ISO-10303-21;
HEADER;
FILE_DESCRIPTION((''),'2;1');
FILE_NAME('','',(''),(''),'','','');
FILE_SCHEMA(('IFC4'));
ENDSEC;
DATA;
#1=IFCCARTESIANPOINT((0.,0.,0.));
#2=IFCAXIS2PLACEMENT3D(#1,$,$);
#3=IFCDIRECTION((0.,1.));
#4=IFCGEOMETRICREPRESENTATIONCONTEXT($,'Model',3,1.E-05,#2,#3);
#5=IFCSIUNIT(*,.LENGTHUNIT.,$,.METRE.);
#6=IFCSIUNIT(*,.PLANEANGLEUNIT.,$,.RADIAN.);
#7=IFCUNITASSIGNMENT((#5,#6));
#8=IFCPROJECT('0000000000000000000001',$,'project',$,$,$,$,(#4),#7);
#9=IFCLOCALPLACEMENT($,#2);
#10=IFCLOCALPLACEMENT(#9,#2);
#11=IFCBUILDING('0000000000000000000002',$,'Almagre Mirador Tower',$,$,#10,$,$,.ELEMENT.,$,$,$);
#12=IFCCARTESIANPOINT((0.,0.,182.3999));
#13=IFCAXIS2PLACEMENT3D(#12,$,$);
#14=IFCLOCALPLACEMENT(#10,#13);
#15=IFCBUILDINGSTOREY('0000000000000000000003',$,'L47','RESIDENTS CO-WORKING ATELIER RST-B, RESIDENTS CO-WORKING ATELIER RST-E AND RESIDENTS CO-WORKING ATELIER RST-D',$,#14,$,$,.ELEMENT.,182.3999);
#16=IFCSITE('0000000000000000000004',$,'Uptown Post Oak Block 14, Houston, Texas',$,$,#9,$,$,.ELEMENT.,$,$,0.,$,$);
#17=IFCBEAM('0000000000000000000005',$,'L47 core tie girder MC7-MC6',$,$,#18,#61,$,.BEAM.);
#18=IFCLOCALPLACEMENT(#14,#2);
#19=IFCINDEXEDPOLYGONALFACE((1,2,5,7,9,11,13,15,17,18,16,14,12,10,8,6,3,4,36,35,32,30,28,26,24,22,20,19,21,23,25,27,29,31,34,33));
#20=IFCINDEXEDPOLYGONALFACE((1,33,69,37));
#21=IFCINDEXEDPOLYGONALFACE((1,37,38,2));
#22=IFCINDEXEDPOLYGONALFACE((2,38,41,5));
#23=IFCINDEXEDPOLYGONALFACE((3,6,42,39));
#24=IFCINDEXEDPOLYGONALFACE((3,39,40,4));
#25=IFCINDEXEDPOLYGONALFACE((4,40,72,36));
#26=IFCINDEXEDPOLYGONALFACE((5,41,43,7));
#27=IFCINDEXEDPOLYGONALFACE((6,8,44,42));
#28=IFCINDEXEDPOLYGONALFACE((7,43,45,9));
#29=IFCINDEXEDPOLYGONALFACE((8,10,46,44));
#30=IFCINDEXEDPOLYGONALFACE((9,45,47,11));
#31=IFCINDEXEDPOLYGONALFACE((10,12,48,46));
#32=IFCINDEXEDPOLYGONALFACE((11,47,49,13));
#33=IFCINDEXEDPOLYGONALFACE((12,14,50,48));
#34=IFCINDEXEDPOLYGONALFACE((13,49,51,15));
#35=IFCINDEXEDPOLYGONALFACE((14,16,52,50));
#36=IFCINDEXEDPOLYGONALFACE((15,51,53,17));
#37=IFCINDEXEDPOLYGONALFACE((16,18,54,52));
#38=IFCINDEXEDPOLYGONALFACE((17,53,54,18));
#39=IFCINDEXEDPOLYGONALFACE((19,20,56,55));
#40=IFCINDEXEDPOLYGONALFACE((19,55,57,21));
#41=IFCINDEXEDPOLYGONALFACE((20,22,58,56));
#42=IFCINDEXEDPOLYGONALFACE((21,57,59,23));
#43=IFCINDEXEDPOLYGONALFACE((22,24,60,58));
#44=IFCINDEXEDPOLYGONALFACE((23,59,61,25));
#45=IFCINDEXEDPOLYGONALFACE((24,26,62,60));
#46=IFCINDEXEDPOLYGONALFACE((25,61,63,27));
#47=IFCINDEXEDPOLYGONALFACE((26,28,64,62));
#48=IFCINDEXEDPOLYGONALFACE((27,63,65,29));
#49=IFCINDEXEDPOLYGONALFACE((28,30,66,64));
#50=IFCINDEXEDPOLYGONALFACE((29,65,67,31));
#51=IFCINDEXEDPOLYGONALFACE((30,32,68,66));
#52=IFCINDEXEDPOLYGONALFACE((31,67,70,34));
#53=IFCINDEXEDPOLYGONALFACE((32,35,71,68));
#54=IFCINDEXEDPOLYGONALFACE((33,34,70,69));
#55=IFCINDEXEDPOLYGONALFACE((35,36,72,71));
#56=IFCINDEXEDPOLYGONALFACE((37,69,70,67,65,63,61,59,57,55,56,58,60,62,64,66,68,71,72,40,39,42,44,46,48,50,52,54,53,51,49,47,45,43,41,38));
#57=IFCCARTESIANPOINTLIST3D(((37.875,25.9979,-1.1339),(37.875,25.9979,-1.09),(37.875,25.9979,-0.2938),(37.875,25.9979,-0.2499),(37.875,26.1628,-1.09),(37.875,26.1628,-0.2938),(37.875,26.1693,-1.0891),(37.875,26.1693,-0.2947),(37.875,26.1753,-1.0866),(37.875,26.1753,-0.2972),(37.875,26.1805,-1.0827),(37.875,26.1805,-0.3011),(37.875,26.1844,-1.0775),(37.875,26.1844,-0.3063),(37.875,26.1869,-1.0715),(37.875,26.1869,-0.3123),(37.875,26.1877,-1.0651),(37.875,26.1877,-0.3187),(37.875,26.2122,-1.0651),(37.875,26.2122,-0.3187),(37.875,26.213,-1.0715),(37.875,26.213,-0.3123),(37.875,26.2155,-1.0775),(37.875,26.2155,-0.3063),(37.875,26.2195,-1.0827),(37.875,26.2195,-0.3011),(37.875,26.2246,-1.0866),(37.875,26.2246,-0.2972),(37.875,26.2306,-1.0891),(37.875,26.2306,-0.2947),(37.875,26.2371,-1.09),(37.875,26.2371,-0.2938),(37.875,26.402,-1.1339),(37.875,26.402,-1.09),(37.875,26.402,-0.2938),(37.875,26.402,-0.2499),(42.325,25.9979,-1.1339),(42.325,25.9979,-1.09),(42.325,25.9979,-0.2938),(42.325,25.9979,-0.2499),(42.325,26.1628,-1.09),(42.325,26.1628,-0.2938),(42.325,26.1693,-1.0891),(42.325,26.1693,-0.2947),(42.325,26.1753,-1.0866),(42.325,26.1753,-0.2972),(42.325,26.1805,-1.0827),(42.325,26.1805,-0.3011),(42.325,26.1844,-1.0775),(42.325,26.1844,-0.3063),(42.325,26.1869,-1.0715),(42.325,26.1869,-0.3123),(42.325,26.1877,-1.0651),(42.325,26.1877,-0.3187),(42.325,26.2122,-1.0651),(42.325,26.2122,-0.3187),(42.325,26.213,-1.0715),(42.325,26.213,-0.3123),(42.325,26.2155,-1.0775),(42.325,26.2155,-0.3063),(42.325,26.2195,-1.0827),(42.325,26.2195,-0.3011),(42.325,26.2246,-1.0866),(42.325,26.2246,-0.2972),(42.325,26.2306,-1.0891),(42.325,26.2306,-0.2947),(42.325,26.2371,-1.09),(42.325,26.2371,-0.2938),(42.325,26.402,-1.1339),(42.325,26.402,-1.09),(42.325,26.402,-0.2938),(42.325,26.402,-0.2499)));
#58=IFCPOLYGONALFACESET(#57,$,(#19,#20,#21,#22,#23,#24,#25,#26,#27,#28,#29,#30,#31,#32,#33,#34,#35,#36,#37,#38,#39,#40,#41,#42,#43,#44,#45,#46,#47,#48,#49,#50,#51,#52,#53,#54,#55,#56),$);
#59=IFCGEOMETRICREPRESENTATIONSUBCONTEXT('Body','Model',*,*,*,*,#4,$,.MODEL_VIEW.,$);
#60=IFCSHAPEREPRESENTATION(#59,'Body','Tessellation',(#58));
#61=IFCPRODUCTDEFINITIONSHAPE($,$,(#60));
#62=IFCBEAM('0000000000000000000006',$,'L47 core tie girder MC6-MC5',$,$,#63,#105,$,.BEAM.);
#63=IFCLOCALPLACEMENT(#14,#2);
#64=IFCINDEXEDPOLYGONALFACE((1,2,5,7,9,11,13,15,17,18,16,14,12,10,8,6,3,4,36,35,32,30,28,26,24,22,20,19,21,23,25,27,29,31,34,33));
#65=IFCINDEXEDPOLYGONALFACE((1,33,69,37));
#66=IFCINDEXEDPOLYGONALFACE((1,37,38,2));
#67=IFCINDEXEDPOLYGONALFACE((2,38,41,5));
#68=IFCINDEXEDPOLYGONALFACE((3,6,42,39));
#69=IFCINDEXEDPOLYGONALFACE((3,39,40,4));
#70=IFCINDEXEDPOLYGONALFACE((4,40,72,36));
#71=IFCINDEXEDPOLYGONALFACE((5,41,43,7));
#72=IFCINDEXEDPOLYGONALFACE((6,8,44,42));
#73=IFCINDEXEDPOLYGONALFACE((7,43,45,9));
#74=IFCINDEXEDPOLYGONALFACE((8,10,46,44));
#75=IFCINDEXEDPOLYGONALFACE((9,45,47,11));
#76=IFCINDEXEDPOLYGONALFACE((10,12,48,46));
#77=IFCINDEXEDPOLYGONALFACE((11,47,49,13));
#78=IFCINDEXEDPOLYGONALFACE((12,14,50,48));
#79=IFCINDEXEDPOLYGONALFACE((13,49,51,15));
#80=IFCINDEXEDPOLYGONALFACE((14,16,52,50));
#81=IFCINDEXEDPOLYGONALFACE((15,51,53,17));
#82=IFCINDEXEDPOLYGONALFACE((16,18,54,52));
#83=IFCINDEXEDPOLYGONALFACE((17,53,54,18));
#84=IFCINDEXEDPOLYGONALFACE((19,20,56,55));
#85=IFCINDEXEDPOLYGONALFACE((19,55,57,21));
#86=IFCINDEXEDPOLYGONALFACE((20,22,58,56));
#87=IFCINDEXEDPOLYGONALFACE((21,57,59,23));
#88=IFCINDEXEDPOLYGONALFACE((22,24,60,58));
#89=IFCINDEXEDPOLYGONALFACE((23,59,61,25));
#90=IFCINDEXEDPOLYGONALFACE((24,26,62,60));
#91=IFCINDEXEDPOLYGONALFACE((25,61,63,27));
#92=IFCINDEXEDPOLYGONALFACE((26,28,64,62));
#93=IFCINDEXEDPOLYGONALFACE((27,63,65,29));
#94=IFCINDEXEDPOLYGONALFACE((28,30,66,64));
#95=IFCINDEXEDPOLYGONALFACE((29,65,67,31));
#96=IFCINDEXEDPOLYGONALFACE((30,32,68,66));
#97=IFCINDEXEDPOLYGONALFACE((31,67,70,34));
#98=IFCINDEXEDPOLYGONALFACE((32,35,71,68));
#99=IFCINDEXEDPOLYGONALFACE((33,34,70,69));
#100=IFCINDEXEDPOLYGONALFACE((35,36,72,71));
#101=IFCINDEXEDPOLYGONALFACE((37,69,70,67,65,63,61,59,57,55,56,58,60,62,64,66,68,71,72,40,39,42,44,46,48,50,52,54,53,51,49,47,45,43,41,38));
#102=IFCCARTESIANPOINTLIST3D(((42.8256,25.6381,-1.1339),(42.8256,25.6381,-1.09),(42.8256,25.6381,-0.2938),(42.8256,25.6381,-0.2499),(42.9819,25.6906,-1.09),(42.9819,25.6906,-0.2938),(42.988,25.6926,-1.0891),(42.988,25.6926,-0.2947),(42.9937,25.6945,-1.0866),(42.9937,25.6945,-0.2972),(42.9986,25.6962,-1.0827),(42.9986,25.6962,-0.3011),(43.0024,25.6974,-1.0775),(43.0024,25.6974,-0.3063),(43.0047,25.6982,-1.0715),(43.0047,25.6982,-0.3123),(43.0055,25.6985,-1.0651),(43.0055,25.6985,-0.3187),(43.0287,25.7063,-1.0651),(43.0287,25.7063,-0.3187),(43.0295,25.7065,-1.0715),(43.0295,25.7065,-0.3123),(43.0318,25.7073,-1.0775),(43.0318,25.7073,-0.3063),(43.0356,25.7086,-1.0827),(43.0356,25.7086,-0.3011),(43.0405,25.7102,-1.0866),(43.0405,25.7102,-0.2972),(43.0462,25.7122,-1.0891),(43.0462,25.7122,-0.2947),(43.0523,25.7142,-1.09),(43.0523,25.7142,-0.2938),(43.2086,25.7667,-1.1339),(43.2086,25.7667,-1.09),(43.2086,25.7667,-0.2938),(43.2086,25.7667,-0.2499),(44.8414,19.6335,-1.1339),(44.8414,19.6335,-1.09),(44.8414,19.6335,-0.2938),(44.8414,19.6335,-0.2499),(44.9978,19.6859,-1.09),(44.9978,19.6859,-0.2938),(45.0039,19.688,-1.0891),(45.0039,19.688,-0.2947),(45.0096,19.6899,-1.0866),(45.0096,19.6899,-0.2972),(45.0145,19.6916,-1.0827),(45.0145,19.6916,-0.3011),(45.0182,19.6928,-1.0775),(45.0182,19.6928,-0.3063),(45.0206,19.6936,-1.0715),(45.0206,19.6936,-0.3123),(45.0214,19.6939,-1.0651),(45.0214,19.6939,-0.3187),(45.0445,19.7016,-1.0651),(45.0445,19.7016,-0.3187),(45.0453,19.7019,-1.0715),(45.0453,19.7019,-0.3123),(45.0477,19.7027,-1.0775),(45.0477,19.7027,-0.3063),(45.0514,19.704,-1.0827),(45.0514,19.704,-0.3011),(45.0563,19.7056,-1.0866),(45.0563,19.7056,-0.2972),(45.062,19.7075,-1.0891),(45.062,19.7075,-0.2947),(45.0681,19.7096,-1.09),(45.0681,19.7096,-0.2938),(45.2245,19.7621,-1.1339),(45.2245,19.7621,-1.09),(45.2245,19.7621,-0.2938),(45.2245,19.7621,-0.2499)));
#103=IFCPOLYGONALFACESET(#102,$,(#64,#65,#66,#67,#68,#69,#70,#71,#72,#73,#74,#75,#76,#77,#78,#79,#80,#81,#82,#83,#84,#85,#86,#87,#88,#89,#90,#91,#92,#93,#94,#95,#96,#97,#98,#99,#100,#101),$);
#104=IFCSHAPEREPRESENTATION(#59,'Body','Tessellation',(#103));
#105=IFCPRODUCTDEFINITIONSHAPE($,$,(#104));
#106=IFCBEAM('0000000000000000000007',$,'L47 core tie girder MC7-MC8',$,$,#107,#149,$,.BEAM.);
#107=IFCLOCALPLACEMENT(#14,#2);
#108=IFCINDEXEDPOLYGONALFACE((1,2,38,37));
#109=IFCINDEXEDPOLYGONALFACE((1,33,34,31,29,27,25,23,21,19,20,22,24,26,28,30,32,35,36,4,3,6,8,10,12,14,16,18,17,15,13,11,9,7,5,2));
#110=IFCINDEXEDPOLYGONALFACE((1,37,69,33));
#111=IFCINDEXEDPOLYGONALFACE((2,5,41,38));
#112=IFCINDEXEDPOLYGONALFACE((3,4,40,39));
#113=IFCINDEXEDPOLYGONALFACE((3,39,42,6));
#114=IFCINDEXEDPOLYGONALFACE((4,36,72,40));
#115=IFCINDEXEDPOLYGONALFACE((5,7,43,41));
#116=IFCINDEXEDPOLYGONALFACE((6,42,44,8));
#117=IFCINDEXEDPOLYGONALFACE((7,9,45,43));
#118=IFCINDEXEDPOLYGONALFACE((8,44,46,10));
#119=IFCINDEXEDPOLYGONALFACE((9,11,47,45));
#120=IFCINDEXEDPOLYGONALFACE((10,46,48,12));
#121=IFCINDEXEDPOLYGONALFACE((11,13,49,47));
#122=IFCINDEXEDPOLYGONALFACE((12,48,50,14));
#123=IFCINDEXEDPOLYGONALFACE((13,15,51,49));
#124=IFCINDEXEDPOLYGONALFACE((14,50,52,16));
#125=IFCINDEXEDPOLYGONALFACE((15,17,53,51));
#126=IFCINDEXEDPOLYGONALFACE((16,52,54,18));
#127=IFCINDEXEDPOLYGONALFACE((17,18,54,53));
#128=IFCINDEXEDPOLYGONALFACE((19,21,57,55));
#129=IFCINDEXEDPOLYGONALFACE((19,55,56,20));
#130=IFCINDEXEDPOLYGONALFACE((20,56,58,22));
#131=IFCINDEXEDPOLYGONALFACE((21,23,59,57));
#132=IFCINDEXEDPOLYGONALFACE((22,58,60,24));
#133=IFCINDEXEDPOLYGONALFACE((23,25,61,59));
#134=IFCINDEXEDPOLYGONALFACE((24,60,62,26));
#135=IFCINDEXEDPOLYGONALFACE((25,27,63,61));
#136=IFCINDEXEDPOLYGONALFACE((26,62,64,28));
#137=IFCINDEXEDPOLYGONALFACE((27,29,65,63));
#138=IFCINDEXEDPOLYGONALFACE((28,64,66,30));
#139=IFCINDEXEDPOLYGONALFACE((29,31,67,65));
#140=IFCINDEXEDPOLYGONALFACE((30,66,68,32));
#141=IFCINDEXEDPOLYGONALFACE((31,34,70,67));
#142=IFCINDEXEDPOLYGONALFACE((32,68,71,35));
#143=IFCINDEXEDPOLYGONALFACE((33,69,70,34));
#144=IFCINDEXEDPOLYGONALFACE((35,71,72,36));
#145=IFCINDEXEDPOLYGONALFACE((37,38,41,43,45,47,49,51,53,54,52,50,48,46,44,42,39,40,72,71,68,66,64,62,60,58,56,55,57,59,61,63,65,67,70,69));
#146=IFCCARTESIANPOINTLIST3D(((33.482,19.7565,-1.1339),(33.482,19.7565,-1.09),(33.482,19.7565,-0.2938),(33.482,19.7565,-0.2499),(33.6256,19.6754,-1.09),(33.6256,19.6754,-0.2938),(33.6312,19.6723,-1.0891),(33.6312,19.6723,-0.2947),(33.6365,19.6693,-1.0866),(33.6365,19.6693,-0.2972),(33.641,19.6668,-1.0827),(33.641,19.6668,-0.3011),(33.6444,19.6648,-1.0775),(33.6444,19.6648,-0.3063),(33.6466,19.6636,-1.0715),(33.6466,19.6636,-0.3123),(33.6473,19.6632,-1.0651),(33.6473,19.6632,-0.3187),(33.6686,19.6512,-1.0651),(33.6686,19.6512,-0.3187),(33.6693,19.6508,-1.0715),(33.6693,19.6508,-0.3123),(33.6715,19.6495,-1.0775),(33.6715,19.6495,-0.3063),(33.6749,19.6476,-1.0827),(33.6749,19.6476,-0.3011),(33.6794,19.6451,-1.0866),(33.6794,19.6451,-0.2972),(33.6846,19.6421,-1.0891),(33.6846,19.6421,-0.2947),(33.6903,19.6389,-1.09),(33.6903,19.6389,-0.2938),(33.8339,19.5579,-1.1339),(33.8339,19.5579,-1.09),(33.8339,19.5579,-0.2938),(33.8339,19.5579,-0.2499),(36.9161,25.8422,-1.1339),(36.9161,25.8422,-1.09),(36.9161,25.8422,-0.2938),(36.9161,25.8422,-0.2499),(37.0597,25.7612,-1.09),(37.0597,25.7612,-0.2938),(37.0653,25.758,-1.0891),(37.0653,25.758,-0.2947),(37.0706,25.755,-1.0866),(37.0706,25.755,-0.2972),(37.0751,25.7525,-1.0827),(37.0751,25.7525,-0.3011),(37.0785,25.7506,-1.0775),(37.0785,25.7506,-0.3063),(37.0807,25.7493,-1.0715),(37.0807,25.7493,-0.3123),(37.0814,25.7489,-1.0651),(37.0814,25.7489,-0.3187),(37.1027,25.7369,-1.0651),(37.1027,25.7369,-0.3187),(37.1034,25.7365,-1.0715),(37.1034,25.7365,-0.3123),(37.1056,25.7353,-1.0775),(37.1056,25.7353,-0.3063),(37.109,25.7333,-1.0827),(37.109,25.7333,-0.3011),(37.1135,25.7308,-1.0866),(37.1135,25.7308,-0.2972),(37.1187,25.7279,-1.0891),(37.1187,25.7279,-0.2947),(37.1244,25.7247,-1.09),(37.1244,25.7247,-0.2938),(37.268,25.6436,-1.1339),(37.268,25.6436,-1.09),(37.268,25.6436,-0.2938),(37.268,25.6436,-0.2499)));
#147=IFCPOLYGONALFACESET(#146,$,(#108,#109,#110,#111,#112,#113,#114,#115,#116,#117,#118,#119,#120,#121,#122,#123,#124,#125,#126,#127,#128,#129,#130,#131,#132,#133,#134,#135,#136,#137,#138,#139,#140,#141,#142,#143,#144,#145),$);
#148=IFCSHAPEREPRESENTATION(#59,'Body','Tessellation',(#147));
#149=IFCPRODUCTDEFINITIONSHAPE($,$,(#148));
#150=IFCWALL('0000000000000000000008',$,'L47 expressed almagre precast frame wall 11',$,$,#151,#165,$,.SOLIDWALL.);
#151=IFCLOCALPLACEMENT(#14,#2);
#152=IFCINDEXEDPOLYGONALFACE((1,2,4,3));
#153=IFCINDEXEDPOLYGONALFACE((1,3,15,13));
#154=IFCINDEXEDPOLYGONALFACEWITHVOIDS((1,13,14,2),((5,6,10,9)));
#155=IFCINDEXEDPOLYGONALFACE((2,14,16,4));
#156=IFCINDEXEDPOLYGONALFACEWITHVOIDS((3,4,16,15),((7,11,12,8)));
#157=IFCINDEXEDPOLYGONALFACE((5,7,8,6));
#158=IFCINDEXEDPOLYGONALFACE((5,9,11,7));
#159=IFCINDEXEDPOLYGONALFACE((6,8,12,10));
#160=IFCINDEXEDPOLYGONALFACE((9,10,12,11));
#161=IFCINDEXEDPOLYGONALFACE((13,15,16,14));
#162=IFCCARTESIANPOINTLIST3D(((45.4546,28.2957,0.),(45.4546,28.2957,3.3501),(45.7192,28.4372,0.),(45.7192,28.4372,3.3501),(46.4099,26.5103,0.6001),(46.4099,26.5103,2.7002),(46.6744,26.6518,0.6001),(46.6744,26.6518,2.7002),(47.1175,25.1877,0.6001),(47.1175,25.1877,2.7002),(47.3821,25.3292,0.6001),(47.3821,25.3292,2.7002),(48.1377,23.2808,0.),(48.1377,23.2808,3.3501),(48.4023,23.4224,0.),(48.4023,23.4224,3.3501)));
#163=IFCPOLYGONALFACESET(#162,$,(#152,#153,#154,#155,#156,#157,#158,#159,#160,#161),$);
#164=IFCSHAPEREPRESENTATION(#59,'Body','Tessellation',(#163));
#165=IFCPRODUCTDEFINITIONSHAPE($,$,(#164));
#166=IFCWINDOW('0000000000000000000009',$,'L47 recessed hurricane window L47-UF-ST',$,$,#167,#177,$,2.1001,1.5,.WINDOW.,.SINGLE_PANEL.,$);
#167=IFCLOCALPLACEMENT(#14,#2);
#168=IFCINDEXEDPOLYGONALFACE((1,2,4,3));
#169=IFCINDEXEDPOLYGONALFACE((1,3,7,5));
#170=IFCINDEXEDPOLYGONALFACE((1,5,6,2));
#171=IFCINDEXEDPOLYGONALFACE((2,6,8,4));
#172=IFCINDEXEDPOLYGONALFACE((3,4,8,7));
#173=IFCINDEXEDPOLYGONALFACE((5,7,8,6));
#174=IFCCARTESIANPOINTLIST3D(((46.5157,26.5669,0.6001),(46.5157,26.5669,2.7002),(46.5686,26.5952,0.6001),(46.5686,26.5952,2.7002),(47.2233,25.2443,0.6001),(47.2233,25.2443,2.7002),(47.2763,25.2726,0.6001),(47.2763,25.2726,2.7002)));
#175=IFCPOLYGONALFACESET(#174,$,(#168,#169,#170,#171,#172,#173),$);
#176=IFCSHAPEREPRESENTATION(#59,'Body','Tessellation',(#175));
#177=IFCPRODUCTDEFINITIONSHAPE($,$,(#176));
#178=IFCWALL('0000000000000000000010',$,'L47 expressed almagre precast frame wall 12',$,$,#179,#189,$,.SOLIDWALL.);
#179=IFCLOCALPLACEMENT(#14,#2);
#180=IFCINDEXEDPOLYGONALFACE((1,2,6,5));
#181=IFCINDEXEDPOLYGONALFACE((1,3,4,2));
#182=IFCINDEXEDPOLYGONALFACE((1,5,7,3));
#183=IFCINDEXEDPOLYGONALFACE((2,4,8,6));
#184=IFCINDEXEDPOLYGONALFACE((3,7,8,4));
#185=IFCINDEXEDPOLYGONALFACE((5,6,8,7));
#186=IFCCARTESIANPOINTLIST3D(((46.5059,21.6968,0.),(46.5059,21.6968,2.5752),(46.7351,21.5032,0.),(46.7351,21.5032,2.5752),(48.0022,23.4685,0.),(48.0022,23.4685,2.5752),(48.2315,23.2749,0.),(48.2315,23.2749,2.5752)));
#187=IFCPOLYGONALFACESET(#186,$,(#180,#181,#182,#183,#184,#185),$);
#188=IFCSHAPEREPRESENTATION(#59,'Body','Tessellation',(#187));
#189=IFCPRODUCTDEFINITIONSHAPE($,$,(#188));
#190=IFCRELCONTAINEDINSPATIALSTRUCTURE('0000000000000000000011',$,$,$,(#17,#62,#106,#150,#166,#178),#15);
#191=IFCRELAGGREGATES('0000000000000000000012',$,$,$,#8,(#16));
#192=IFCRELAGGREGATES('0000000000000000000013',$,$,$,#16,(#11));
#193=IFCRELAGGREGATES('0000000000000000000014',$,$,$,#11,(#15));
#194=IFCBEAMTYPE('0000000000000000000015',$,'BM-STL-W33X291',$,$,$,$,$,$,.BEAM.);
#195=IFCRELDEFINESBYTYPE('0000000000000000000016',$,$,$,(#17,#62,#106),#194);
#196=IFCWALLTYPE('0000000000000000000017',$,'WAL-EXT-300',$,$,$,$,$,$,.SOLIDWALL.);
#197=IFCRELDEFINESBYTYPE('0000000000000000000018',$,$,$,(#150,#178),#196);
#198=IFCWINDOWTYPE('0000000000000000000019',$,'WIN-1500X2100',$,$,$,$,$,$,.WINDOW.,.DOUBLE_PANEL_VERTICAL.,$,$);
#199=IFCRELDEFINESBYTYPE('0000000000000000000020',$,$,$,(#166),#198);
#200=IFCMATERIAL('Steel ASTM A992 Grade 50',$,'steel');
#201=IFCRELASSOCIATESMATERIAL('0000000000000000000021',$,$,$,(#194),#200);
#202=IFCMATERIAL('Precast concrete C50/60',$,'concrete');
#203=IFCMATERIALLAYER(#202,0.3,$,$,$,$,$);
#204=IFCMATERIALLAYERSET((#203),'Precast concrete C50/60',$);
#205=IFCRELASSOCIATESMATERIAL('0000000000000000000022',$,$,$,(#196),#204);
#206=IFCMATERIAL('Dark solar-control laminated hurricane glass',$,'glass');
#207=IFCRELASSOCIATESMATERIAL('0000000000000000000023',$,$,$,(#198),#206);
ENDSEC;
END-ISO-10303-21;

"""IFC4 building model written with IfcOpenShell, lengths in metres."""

from ifc_helpers import new_model, si_unit, direction, frame, frame_2d, origin, origin_2d, place, context, subcontext, project, spatial, rectangle, i_section, extrude, material, layer, layer_set, material_profile, profile_set, type_object, element, fill, save


model = new_model("IFC4")

# Units and contexts
model_context = context("Model", 3, precision=1e-05, world=origin(), true_north=direction((0.0, 1.0)))
body_context = subcontext(model_context, "Body", "Model", "MODEL_VIEW")
ifc_project = project(units=[si_unit("LENGTHUNIT", "METRE"), si_unit("PLANEANGLEUNIT", "RADIAN")], contexts=[model_context])

# Site, building, storey
site_placement = place(None, origin())
site = spatial("IfcSite", under=ifc_project, at=site_placement, Name="Uptown Post Oak Block 14, Houston, Texas", CompositionType="ELEMENT", RefElevation=0.0)
building_placement = place(site_placement, origin())
building = spatial("IfcBuilding", under=site, at=building_placement, Name="Almagre Mirador Tower", CompositionType="ELEMENT")
storey_placement = place(building_placement, frame((0.0, 0.0, 182.3999)))
storey = spatial("IfcBuildingStorey", under=building, at=storey_placement, Name="L47", Description="RESIDENTS CO-WORKING ATELIER RST-B, RESIDENTS CO-WORKING ATELIER RST-E AND RESIDENTS CO-WORKING ATELIER RST-D", CompositionType="ELEMENT", Elevation=182.3999)

# Beams
ifc_material_1 = material(Name="Steel ASTM A992 Grade 50", Category="steel")
ifc_material_profile_1 = material_profile(ifc_material_1, i_section(OverallWidth=0.4041, OverallDepth=0.884, WebThickness=0.0244, FlangeThickness=0.0439, FilletRadius=0.0249, at=origin_2d()), Name="W33X291")
ifc_profile_set_1 = profile_set([ifc_material_profile_1], Name="Steel ASTM A992 Grade 50")
beam_type_1 = type_object("IfcBeamType", Name="BM-STL-W33X291", PredefinedType="BEAM", material=ifc_profile_set_1)
beam_1_placement = place(storey_placement, frame((37.875, 26.2, -0.6919), z_axis=(1.0, 0.0, 0.0), x_axis=(0.0, 1.0, 0.0)))
element("IfcBeam", 1, at=beam_1_placement, inside=storey, type_object=beam_type_1, Name="L47 core tie girder MC7-MC6", PredefinedType="BEAM", context=body_context, shape_type="SweptSolid", body=[
    extrude(i_section(OverallWidth=0.4041, OverallDepth=0.884, WebThickness=0.0244, FlangeThickness=0.0439, FilletRadius=0.0249, at=origin_2d()), origin(), (0.0, 0.0, 1.0), 4.45),
])
beam_2_placement = place(storey_placement, frame((43.0171, 25.7024, -0.6919), z_axis=(0.318262, -0.948003, 0.0), x_axis=(0.948003, 0.318262, 0.0)))
element("IfcBeam", 2, at=beam_2_placement, inside=storey, type_object=beam_type_1, Name="L47 core tie girder MC6-MC5", PredefinedType="BEAM", context=body_context, shape_type="SweptSolid", body=[
    extrude(i_section(OverallWidth=0.4041, OverallDepth=0.884, WebThickness=0.0244, FlangeThickness=0.0439, FilletRadius=0.0249, at=origin_2d()), origin(), (0.0, 0.0, 1.0), 6.334),
])
beam_3_placement = place(storey_placement, frame((37.092, 25.7429, -0.6919), z_axis=(-0.491444, -0.870909, 0.0), x_axis=(0.870909, -0.491444, 0.0)))
element("IfcBeam", 3, at=beam_3_placement, inside=storey, type_object=beam_type_1, Name="L47 core tie girder MC7-MC8", PredefinedType="BEAM", context=body_context, shape_type="SweptSolid", body=[
    extrude(i_section(OverallWidth=0.4041, OverallDepth=0.884, WebThickness=0.0244, FlangeThickness=0.0439, FilletRadius=0.0249, at=origin_2d()), origin(), (0.0, 0.0, 1.0), 6.9878),
])

# Wall, opening, window
ifc_material_2 = material(Name="Precast concrete C50/60", Category="concrete")
ifc_layer_1 = layer(ifc_material_2, 0.3)
ifc_layer_set_1 = layer_set([ifc_layer_1], Name="Precast concrete C50/60")
wall_type_1 = type_object("IfcWallType", Name="WAL-EXT-300", PredefinedType="SOLIDWALL", material=ifc_layer_set_1)
wall_1_placement = place(storey_placement, frame((45.5869, 28.3665, 0.0), z_axis=(0.0, 0.0, 1.0), x_axis=(0.471751, -0.881732, 0.0)))
wall_1 = element("IfcWall", 4, at=wall_1_placement, inside=storey, type_object=wall_type_1, Name="L47 expressed almagre precast frame wall 11", PredefinedType="SOLIDWALL", context=body_context, shape_type="SweptSolid", body=[
    extrude(rectangle(XDim=5.6875, YDim=0.3, at=frame_2d((2.8438, 0.0))), origin(), (0.0, 0.0, 1.0), 3.3501),
])
opening_1_placement = place(wall_1_placement, frame((2.0249, 0.0, 0.6001)))
opening_1 = element("IfcOpeningElement", 5, at=opening_1_placement, cuts=wall_1, PredefinedType="OPENING", context=body_context, shape_type="SweptSolid", body=[
    extrude(rectangle(XDim=1.5, YDim=2.1001, at=frame_2d((0.75, 1.05))), frame((0.0, 0.1599, 0.0), z_axis=(0.0, -1.0, 0.0), x_axis=(1.0, 0.0, 0.0)), (0.0, 0.0, 1.0), 0.32),
])
ifc_material_3 = material(Name="Dark solar-control laminated hurricane glass", Category="glass")
window_type = type_object("IfcWindowType", Name="WIN-1500X2100", PartitioningType="DOUBLE_PANEL_VERTICAL", PredefinedType="WINDOW", material=ifc_material_3)
window_placement = place(opening_1_placement, origin())
window = element("IfcWindow", 6, at=window_placement, inside=storey, type_object=window_type, Name="L47 recessed hurricane window L47-UF-ST", OverallHeight=2.1001, OverallWidth=1.5, PartitioningType="SINGLE_PANEL", PredefinedType="WINDOW", context=body_context, shape_type="SweptSolid", body=[
    extrude(rectangle(XDim=1.5, YDim=2.1001, at=frame_2d((0.75, 1.05))), frame((0.0, 0.03, 0.0), z_axis=(0.0, -1.0, 0.0), x_axis=(1.0, 0.0, 0.0)), (0.0, 0.0, 1.0), 0.0601),
])
fill(opening_1, window)

# Wall
wall_2_placement = place(storey_placement, frame((48.1169, 23.3718, 0.0), z_axis=(0.0, 0.0, 1.0), x_axis=(-0.645234, -0.763985, 0.0)))
element("IfcWall", 7, at=wall_2_placement, inside=storey, type_object=wall_type_1, Name="L47 expressed almagre precast frame wall 12", PredefinedType="SOLIDWALL", context=body_context, shape_type="SweptSolid", body=[
    extrude(rectangle(XDim=2.3191, YDim=0.3, at=frame_2d((1.1597, 0.0))), origin(), (0.0, 0.0, 1.0), 2.5752),
])

save(model, "model.ifc")
